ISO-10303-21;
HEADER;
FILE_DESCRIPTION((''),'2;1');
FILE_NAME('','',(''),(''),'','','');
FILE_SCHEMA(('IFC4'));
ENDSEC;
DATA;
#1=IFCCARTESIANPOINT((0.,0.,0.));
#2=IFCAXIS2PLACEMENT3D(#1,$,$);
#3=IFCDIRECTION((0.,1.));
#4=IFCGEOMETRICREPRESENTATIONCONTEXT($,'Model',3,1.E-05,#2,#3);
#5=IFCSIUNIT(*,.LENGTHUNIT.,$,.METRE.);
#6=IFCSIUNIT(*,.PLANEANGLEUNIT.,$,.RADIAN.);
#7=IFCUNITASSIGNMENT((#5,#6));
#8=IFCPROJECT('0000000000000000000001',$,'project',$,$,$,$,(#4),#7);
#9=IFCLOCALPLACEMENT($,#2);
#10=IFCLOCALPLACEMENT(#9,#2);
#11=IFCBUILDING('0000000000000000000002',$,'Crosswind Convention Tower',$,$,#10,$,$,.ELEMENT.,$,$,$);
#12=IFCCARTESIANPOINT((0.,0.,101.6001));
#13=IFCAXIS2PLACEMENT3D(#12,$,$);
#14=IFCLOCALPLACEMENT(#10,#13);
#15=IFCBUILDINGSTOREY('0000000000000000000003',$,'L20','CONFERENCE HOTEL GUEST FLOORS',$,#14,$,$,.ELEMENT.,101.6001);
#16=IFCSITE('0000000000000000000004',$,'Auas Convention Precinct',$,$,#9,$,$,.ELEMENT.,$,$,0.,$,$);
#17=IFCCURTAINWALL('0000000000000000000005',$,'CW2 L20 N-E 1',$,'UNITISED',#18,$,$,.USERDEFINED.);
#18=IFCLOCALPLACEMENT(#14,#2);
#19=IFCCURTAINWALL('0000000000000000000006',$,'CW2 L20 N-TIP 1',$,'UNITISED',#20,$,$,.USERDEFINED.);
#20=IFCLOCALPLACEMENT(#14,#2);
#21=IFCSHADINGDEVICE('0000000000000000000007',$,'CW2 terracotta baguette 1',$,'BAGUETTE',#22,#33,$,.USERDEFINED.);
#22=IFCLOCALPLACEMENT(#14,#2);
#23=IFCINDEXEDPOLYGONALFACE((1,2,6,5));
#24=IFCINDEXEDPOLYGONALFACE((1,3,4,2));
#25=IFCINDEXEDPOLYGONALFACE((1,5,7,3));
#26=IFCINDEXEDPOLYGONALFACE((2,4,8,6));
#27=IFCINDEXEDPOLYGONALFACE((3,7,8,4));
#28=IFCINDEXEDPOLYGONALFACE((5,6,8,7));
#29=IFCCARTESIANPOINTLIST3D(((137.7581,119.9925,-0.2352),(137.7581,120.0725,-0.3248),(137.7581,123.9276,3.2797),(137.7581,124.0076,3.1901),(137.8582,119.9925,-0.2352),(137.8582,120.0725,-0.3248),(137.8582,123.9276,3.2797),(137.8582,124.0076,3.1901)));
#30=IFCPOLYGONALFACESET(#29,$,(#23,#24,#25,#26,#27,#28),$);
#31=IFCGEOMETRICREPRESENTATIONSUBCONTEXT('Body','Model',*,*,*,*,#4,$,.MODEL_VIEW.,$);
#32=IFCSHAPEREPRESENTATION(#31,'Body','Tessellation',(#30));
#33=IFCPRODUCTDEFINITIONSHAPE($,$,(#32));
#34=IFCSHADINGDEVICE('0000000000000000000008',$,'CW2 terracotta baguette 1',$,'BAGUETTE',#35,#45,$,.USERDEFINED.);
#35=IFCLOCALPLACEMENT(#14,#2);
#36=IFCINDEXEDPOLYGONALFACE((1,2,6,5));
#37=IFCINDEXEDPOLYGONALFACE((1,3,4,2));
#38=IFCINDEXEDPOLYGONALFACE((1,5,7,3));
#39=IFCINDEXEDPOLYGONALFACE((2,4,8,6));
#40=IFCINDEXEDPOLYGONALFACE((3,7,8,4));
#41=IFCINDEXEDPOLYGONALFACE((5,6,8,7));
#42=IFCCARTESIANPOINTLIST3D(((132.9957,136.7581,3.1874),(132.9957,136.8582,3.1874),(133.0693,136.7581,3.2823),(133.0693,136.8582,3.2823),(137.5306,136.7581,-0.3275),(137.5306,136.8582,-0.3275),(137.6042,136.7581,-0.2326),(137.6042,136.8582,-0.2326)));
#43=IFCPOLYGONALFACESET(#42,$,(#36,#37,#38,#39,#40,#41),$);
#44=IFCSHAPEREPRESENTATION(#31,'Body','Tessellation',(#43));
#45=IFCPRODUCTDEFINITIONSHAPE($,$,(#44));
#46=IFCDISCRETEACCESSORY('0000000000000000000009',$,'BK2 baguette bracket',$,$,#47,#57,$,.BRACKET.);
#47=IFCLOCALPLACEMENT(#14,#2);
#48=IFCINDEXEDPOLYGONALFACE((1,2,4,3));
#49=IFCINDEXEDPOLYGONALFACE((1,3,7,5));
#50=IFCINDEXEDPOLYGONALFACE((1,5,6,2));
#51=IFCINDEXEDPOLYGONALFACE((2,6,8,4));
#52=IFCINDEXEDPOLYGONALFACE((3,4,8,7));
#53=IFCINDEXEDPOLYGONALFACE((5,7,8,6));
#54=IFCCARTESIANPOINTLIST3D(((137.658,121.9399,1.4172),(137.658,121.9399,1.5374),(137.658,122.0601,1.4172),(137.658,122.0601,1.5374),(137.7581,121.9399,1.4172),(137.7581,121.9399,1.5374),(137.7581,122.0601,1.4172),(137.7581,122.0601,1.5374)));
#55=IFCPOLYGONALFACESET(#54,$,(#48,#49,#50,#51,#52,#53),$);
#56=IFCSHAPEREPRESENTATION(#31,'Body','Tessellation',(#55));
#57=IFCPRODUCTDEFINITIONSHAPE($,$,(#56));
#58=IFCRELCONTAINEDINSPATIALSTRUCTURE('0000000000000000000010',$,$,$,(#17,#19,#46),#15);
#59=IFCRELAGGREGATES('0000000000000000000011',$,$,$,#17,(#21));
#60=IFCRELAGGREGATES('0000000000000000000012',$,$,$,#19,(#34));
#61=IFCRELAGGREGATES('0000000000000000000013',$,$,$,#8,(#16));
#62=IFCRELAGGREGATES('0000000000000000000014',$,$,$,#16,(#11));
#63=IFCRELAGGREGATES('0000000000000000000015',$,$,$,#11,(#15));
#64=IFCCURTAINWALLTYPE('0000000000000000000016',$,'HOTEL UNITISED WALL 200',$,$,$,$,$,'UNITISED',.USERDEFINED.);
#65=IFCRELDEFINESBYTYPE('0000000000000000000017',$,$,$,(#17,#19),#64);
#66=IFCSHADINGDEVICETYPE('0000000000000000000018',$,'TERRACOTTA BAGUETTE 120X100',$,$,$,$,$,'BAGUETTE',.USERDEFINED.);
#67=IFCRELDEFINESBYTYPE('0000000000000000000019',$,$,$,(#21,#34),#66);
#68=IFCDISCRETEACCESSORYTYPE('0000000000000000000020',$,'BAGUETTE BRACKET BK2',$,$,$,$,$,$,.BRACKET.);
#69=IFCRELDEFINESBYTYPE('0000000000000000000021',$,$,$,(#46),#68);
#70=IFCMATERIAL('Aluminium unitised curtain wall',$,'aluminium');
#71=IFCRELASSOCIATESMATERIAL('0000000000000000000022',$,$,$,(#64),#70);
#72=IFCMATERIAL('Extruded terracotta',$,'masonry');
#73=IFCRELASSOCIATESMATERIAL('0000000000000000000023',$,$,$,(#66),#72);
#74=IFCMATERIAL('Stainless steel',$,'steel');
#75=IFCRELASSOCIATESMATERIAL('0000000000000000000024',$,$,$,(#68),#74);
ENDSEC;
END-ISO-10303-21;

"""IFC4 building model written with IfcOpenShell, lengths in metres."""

from ifc_helpers import new_model, si_unit, direction, frame, origin, origin_2d, place, context, subcontext, project, spatial, rectangle, extrude, material, material_profile, profile_set, type_object, element, aggregate, save


model = new_model("IFC4")

# Units and contexts
model_context = context("Model", 3, precision=1e-05, world=origin(), true_north=direction((0.0, 1.0)))
body_context = subcontext(model_context, "Body", "Model", "MODEL_VIEW")
ifc_project = project(units=[si_unit("LENGTHUNIT", "METRE"), si_unit("PLANEANGLEUNIT", "RADIAN")], contexts=[model_context])

# Site, building, storey
site_placement = place(None, origin())
site = spatial("IfcSite", under=ifc_project, at=site_placement, Name="Auas Convention Precinct", CompositionType="ELEMENT", RefElevation=0.0)
building_placement = place(site_placement, origin())
building = spatial("IfcBuilding", under=site, at=building_placement, Name="Crosswind Convention Tower", CompositionType="ELEMENT")
storey_placement = place(building_placement, frame((0.0, 0.0, 101.6001)))
storey = spatial("IfcBuildingStorey", under=building, at=storey_placement, Name="L20", Description="CONFERENCE HOTEL GUEST FLOORS", CompositionType="ELEMENT", Elevation=101.6001)

# Shared definitions
ifc_material_1 = material(Name="Aluminium unitised curtain wall", Category="aluminium")

# Shared definitions
curtain_wall_type_1 = type_object("IfcCurtainWallType", Name="HOTEL UNITISED WALL 200", ElementType="UNITISED", PredefinedType="USERDEFINED", material=ifc_material_1)

# Curtain wall
curtain_wall_1_placement = place(storey_placement, origin())
curtain_wall_1 = element("IfcCurtainWall", 1, at=curtain_wall_1_placement, inside=storey, type_object=curtain_wall_type_1, Name="CW2 L20 N-E 1", ObjectType="UNITISED", PredefinedType="USERDEFINED")

# Curtain wall
curtain_wall_2_placement = place(storey_placement, origin())
curtain_wall_2 = element("IfcCurtainWall", 2, at=curtain_wall_2_placement, inside=storey, type_object=curtain_wall_type_1, Name="CW2 L20 N-TIP 1", ObjectType="UNITISED", PredefinedType="USERDEFINED")

# Shading devices
ifc_material_2 = material(Name="Extruded terracotta", Category="masonry")
ifc_material_profile_1 = material_profile(ifc_material_2, rectangle(XDim=0.1001, YDim=0.1201, at=origin_2d()), Name="TC 100X120")
ifc_profile_set_1 = profile_set([ifc_material_profile_1], Name="Extruded terracotta")
shading_device_type = type_object("IfcShadingDeviceType", Name="TERRACOTTA BAGUETTE 120X100", ElementType="BAGUETTE", PredefinedType="USERDEFINED", material=ifc_profile_set_1)
shading_device_1_placement = place(storey_placement, frame((137.8081, 120.0325, -0.28), z_axis=(0.0, 0.745801, 0.666168), x_axis=(-1.0, 0.0, 0.0)))
shading_device_1 = element("IfcShadingDevice", 3, at=shading_device_1_placement, type_object=shading_device_type, Name="CW2 terracotta baguette 1", ObjectType="BAGUETTE", PredefinedType="USERDEFINED", context=body_context, shape_type="SweptSolid", body=[
    extrude(rectangle(XDim=0.1001, YDim=0.1201, at=origin_2d()), origin(), (0.0, 0.0, 1.0), 5.2764),
])
aggregate(curtain_wall_1, [shading_device_1])
shading_device_2_placement = place(storey_placement, frame((137.5674, 136.8081, -0.28), z_axis=(-0.790387, 0.0, 0.612608), x_axis=(0.0, -1.0, 0.0)))
shading_device_2 = element("IfcShadingDevice", 4, at=shading_device_2_placement, type_object=shading_device_type, Name="CW2 terracotta baguette 1", ObjectType="BAGUETTE", PredefinedType="USERDEFINED", context=body_context, shape_type="SweptSolid", body=[
    extrude(rectangle(XDim=0.1001, YDim=0.1201, at=origin_2d()), origin(), (0.0, 0.0, 1.0), 5.7375),
])
aggregate(curtain_wall_2, [shading_device_2])

# Discrete accessory
ifc_material_3 = material(Name="Stainless steel", Category="steel")
discrete_accessory_type = type_object("IfcDiscreteAccessoryType", Name="BAGUETTE BRACKET BK2", PredefinedType="BRACKET", material=ifc_material_3)
discrete_accessory_placement = place(storey_placement, frame((137.708, 122.0, 1.4172), z_axis=(0.0, 0.0, 1.0), x_axis=(0.0, 1.0, 0.0)))
element("IfcDiscreteAccessory", 5, at=discrete_accessory_placement, inside=storey, type_object=discrete_accessory_type, Name="BK2 baguette bracket", PredefinedType="BRACKET", context=body_context, shape_type="SweptSolid", body=[
    extrude(rectangle(XDim=0.1201, YDim=0.1001, at=origin_2d()), origin(), (0.0, 0.0, 1.0), 0.1201),
])

save(model, "model.ifc")
